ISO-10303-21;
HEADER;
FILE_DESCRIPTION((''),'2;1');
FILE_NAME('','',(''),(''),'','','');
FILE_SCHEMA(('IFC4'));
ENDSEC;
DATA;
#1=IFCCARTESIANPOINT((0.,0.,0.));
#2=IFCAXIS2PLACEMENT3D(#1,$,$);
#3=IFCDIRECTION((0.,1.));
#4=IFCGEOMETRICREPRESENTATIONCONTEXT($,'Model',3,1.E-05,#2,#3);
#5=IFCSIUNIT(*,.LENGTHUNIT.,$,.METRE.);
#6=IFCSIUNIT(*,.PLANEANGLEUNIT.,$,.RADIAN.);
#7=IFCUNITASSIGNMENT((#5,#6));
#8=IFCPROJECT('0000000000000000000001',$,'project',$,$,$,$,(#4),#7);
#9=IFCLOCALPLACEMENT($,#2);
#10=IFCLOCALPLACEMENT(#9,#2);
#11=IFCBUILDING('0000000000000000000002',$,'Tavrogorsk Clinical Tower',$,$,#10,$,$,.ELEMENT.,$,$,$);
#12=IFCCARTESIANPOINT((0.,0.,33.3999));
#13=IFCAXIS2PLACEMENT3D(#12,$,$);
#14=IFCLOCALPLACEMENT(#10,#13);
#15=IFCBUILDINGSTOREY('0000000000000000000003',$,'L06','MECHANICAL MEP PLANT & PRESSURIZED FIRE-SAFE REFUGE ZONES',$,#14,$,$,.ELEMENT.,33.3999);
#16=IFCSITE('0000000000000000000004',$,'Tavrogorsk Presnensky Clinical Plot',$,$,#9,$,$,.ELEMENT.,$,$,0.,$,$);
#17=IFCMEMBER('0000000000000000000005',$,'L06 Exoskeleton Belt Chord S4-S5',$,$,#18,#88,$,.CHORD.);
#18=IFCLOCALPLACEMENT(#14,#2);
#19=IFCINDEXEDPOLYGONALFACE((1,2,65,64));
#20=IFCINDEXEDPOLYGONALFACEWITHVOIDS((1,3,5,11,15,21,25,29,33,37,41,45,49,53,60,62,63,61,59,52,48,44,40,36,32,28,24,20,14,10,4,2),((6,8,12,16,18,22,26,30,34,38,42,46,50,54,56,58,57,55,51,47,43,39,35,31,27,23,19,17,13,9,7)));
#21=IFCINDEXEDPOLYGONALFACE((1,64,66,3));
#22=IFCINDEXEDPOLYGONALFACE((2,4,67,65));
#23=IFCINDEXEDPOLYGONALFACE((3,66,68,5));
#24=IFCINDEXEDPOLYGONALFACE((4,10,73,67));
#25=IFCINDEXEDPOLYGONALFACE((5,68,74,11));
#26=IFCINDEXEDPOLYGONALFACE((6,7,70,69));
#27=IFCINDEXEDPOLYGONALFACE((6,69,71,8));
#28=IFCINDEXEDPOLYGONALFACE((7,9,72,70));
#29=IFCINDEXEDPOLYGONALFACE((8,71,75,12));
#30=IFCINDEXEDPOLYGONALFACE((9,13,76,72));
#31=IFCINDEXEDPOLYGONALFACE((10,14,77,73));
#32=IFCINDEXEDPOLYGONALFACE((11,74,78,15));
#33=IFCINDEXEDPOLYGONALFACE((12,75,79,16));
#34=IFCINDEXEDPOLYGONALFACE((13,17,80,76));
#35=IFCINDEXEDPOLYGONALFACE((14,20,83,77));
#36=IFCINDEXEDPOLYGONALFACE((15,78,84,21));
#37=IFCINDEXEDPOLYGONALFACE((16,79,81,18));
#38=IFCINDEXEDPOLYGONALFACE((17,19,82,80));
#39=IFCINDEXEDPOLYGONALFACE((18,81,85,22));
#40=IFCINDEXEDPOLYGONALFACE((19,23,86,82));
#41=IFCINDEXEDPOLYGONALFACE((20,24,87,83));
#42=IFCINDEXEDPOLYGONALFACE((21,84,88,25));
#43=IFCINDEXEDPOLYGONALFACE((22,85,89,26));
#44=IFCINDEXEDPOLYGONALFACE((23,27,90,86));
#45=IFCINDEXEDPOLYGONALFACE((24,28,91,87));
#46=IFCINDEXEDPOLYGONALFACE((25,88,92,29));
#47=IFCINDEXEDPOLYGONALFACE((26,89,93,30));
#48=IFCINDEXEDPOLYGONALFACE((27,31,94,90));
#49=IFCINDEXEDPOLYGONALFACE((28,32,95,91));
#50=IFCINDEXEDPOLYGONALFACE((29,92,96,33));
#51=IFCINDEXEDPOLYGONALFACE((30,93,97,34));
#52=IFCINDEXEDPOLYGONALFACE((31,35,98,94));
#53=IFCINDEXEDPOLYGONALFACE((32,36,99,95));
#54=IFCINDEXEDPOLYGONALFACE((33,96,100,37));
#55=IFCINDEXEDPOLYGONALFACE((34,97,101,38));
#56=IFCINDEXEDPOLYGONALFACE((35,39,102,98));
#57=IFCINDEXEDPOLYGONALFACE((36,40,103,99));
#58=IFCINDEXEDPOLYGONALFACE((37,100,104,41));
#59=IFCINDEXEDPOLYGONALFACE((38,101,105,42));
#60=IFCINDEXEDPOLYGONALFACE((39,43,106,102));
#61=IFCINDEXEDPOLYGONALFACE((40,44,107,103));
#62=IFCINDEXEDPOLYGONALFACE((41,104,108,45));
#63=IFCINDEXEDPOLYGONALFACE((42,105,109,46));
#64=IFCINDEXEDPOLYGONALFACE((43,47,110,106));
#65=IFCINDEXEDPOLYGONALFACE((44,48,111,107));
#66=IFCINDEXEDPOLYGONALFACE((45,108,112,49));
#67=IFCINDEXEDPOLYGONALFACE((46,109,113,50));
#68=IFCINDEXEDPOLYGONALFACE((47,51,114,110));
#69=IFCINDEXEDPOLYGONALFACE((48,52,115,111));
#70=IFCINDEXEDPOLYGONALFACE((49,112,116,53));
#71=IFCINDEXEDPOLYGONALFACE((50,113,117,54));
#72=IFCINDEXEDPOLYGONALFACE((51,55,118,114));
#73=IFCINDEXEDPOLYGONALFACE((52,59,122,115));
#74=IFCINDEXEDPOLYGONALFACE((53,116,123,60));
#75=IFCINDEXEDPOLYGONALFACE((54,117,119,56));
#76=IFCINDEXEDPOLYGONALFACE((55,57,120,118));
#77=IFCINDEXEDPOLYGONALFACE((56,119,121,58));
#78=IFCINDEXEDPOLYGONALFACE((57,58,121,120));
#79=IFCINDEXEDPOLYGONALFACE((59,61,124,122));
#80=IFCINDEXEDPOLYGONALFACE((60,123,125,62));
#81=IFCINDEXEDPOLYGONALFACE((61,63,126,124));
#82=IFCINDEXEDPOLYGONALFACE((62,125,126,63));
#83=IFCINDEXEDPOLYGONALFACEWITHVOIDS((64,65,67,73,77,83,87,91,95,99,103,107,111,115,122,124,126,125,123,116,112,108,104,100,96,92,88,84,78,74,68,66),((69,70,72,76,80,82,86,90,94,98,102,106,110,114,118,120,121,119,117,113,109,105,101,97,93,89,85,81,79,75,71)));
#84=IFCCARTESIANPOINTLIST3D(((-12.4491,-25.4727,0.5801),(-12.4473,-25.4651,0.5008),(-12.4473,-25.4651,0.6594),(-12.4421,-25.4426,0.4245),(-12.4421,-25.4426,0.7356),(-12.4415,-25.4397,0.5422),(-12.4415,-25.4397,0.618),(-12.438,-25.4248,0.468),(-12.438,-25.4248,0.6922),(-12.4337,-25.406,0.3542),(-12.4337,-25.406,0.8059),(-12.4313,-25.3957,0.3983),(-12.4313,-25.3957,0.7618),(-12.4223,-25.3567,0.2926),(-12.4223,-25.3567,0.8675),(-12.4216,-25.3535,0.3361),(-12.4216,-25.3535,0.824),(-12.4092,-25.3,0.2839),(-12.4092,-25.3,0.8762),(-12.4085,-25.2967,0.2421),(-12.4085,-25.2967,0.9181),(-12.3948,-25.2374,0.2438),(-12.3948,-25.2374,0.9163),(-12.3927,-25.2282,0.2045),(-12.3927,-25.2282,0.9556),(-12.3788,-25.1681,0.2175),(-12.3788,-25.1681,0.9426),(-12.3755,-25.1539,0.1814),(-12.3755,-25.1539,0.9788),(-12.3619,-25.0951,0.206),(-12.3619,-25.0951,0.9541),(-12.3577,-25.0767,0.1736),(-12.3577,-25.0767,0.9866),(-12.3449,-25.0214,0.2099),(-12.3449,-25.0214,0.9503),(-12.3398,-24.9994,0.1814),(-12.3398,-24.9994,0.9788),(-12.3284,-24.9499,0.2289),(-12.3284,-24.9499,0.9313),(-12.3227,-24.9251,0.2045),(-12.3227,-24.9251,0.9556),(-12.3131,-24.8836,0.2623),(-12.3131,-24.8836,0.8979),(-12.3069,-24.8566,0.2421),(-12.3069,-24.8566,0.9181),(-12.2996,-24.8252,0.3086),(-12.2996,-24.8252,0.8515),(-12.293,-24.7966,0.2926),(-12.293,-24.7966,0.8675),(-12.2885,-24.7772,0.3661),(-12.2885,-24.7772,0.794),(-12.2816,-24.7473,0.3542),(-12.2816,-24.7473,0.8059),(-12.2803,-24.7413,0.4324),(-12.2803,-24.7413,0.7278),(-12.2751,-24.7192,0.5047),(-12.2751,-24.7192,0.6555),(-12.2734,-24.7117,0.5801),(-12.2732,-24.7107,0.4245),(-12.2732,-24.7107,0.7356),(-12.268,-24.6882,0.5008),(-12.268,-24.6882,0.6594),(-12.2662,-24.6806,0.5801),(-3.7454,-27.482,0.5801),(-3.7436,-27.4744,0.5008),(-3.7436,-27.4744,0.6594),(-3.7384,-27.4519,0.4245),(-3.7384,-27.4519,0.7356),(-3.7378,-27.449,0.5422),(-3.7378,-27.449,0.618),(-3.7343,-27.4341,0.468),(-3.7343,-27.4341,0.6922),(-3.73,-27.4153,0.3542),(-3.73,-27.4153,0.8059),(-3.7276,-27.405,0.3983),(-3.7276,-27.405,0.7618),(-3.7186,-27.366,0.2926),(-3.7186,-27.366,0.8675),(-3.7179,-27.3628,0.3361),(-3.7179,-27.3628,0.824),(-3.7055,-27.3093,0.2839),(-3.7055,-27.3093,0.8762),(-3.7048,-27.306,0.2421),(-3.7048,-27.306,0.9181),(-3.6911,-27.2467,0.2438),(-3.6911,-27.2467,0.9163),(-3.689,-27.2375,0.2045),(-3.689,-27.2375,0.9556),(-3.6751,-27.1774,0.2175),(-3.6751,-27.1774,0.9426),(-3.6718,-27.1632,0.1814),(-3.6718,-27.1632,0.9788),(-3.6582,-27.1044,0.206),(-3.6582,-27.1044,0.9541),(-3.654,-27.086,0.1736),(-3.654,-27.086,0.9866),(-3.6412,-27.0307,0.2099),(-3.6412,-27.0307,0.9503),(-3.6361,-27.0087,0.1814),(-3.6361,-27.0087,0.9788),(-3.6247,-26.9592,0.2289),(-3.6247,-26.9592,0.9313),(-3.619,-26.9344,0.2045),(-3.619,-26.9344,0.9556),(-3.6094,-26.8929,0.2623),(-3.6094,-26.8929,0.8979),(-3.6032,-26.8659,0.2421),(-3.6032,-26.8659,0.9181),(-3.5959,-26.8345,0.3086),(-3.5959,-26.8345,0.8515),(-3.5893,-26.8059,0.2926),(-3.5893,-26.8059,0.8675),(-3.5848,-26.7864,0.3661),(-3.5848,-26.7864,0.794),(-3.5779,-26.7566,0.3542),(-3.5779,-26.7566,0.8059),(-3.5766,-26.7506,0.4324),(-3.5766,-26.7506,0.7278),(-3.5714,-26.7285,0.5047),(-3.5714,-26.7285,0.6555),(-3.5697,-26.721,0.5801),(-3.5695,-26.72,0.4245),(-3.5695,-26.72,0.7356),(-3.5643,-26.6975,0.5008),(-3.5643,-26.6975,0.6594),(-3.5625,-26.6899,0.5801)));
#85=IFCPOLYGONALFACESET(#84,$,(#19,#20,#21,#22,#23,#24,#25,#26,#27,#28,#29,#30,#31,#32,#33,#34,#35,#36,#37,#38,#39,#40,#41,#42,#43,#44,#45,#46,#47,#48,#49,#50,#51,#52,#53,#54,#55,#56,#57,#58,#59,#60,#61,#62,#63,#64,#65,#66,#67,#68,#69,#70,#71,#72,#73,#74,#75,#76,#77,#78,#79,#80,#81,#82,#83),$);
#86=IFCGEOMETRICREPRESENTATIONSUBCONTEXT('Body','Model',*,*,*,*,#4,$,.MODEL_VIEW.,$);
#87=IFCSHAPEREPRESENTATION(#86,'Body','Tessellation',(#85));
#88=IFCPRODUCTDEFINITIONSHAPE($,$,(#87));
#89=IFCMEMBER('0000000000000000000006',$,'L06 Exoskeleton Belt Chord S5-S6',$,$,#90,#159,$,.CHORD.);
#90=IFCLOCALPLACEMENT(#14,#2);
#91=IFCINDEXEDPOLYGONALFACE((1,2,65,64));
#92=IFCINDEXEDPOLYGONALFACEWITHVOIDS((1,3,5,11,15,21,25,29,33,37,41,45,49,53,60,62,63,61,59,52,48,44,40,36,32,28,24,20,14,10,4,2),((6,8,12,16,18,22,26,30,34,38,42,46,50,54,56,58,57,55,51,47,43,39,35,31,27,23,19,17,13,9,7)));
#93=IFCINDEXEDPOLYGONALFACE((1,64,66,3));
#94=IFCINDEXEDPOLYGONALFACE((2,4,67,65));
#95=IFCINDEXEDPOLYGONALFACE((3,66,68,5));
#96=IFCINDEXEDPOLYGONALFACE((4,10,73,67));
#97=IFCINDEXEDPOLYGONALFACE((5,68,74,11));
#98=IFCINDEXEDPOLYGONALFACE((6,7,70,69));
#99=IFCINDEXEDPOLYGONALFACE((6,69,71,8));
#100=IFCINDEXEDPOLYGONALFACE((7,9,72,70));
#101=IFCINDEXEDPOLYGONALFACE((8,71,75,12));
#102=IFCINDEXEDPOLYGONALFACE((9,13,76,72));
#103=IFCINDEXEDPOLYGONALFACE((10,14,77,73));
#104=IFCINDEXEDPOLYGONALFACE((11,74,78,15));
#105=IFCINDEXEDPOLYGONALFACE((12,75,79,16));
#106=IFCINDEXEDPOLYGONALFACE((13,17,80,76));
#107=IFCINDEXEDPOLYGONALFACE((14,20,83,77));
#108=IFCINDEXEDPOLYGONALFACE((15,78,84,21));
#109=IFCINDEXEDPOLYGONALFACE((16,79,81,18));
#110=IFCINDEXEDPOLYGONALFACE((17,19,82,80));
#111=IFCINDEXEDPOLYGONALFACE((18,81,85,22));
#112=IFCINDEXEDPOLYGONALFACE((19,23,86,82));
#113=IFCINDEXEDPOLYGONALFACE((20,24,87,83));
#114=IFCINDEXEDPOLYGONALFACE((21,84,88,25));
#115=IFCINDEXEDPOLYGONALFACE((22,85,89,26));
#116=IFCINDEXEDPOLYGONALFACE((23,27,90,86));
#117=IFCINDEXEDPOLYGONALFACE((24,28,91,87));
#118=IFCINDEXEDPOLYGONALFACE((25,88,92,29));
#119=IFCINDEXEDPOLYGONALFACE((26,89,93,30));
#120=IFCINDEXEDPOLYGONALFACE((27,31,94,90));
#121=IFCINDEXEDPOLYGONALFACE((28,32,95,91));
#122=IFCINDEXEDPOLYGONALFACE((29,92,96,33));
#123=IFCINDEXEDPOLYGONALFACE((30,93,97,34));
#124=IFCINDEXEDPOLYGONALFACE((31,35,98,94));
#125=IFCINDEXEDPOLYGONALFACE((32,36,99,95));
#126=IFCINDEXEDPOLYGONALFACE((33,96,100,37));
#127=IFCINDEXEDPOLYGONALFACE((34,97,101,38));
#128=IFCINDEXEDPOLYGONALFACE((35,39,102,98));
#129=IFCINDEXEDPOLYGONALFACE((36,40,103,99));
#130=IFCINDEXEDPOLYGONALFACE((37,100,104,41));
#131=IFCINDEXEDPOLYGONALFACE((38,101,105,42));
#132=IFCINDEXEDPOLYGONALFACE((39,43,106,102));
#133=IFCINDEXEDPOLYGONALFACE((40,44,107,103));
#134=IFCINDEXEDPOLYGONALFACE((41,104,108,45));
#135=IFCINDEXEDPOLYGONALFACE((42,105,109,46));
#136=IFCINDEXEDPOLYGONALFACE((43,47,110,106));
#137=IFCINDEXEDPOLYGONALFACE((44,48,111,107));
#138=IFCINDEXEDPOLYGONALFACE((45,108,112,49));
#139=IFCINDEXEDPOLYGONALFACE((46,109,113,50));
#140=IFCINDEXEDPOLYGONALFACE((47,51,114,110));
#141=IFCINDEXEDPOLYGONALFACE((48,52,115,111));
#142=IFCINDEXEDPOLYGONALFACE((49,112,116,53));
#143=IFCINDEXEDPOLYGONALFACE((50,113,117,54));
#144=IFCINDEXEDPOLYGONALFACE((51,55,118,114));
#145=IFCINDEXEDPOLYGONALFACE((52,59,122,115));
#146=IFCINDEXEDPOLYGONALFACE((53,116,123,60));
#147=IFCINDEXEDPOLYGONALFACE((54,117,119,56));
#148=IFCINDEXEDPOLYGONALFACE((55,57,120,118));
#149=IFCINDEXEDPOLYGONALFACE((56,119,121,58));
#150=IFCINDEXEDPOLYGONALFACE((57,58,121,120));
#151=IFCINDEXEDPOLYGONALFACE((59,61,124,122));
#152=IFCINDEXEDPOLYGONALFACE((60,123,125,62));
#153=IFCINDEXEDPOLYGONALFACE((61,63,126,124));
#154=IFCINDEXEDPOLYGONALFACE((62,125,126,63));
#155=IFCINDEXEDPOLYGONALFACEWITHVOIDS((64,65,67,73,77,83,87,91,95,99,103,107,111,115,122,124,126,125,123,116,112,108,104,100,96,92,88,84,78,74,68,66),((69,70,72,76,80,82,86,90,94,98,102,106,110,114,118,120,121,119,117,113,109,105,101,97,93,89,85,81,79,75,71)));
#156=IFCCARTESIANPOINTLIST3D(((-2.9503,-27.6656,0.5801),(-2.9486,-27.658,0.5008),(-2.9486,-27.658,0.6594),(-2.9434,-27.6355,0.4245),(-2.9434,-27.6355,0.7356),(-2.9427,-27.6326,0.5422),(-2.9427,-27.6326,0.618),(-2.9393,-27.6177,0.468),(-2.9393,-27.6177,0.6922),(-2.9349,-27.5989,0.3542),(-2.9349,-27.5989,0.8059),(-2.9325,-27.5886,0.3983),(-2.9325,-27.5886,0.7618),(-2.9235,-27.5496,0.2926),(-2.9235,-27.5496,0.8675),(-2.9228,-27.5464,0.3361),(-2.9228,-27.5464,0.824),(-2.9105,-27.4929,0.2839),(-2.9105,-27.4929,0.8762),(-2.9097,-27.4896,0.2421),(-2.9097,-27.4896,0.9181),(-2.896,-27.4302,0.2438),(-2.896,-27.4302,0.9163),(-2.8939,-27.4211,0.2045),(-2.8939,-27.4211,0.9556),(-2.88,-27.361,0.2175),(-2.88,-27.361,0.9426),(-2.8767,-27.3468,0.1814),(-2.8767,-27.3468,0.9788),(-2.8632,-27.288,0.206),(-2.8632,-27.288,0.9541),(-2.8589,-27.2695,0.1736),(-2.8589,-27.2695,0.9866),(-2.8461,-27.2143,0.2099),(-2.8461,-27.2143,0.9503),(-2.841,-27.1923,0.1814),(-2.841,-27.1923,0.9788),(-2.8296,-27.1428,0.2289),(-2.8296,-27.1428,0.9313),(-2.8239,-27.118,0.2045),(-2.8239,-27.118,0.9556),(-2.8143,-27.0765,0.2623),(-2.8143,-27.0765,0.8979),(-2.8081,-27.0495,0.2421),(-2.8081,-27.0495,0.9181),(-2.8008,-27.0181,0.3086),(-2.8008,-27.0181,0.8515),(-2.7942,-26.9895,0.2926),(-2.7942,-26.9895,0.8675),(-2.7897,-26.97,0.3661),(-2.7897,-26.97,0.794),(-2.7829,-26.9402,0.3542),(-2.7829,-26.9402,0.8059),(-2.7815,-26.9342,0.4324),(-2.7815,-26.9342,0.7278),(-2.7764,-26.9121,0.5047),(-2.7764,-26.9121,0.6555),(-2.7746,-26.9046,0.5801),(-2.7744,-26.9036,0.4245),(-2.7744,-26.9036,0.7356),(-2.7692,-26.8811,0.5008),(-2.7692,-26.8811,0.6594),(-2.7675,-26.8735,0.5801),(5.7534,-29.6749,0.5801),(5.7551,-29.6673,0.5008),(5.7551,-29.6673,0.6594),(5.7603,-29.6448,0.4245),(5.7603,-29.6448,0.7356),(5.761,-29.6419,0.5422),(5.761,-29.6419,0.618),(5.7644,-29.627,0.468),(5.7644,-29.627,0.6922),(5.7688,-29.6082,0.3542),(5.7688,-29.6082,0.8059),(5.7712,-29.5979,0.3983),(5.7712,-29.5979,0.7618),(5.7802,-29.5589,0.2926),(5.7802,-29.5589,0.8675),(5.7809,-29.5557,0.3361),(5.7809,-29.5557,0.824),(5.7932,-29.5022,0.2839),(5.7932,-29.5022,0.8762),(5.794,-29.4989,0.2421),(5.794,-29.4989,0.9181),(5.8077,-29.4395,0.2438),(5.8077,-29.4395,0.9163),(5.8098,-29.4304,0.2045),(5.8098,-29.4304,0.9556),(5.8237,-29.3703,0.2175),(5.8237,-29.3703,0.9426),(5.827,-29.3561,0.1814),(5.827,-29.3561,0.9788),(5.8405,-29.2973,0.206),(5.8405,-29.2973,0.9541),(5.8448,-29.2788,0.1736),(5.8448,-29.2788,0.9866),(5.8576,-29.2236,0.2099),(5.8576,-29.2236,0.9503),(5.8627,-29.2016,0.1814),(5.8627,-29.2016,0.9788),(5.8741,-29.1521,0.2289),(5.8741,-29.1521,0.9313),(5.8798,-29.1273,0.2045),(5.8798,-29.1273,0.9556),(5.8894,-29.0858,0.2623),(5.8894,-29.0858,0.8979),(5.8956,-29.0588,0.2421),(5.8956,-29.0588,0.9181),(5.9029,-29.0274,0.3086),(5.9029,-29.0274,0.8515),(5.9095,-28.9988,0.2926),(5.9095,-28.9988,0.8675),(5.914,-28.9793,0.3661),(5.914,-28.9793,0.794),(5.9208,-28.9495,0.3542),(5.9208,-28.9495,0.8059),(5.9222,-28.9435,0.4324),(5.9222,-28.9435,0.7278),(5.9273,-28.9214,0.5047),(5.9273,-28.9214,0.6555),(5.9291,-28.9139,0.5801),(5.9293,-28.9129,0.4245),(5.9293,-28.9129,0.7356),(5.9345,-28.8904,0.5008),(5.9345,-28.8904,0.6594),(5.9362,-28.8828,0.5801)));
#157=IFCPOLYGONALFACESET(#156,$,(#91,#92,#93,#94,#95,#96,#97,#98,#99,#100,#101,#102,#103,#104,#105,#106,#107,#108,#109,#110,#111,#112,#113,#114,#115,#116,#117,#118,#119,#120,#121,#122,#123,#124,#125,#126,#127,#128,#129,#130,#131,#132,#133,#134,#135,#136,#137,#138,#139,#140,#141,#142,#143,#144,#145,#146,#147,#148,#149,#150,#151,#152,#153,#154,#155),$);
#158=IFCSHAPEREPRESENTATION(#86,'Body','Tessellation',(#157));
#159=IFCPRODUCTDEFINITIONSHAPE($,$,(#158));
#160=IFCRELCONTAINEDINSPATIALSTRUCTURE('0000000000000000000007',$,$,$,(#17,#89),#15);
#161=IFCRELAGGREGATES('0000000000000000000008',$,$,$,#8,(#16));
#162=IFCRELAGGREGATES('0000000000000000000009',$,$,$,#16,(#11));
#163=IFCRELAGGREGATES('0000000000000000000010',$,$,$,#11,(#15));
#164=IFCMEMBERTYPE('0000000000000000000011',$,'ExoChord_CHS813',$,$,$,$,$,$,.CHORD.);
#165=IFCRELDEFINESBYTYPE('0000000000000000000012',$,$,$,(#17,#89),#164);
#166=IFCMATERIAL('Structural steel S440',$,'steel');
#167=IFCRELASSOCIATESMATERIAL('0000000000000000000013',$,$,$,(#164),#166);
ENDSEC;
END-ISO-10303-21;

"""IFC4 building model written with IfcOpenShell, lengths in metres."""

from ifc_helpers import new_model, si_unit, direction, frame, origin, origin_2d, place, context, subcontext, project, spatial, hollow_circle, extrude, material, material_profile, profile_set, type_object, element, save


model = new_model("IFC4")

# Units and contexts
model_context = context("Model", 3, precision=1e-05, world=origin(), true_north=direction((0.0, 1.0)))
body_context = subcontext(model_context, "Body", "Model", "MODEL_VIEW")
ifc_project = project(units=[si_unit("LENGTHUNIT", "METRE"), si_unit("PLANEANGLEUNIT", "RADIAN")], contexts=[model_context])

# Site, building, storey
site_placement = place(None, origin())
site = spatial("IfcSite", under=ifc_project, at=site_placement, Name="Tavrogorsk Presnensky Clinical Plot", CompositionType="ELEMENT", RefElevation=0.0)
building_placement = place(site_placement, origin())
building = spatial("IfcBuilding", under=site, at=building_placement, Name="Tavrogorsk Clinical Tower", CompositionType="ELEMENT")
storey_placement = place(building_placement, frame((0.0, 0.0, 33.3999)))
storey = spatial("IfcBuildingStorey", under=building, at=storey_placement, Name="L06", Description="MECHANICAL MEP PLANT & PRESSURIZED FIRE-SAFE REFUGE ZONES", CompositionType="ELEMENT", Elevation=33.3999)

# Members
ifc_material_1 = material(Name="Structural steel S440", Category="steel")
ifc_material_profile_1 = material_profile(ifc_material_1, hollow_circle(Radius=0.4065, WallThickness=0.032, at=origin_2d()), Name="CHS-813x32")
ifc_profile_set_1 = profile_set([ifc_material_profile_1], Name="Structural steel S440")
member_type_1 = type_object("IfcMemberType", Name="ExoChord_CHS813", PredefinedType="CHORD", material=ifc_profile_set_1)
for number, where, z_axis, x_axis, name in (
    (1, (-12.3577, -25.0767, 0.5801), (0.974373, -0.224939, 0.0), (0.224939, 0.974373, 0.0), "L06 Exoskeleton Belt Chord S4-S5"),
    (2, (-2.8589, -27.2695, 0.5801), (0.974373, -0.224939, 0.0), (0.224939, 0.974373, 0.0), "L06 Exoskeleton Belt Chord S5-S6"),
):
    element("IfcMember", number, at=place(storey_placement, frame(where, z_axis=z_axis, x_axis=x_axis)), inside=storey, type_object=member_type_1, Name=name, PredefinedType="CHORD", context=body_context, shape_type="SweptSolid", body=[
        extrude(hollow_circle(Radius=0.4065, WallThickness=0.032, at=origin_2d()), origin(), (0.0, 0.0, 1.0), 8.9326),
    ])

save(model, "model.ifc")
